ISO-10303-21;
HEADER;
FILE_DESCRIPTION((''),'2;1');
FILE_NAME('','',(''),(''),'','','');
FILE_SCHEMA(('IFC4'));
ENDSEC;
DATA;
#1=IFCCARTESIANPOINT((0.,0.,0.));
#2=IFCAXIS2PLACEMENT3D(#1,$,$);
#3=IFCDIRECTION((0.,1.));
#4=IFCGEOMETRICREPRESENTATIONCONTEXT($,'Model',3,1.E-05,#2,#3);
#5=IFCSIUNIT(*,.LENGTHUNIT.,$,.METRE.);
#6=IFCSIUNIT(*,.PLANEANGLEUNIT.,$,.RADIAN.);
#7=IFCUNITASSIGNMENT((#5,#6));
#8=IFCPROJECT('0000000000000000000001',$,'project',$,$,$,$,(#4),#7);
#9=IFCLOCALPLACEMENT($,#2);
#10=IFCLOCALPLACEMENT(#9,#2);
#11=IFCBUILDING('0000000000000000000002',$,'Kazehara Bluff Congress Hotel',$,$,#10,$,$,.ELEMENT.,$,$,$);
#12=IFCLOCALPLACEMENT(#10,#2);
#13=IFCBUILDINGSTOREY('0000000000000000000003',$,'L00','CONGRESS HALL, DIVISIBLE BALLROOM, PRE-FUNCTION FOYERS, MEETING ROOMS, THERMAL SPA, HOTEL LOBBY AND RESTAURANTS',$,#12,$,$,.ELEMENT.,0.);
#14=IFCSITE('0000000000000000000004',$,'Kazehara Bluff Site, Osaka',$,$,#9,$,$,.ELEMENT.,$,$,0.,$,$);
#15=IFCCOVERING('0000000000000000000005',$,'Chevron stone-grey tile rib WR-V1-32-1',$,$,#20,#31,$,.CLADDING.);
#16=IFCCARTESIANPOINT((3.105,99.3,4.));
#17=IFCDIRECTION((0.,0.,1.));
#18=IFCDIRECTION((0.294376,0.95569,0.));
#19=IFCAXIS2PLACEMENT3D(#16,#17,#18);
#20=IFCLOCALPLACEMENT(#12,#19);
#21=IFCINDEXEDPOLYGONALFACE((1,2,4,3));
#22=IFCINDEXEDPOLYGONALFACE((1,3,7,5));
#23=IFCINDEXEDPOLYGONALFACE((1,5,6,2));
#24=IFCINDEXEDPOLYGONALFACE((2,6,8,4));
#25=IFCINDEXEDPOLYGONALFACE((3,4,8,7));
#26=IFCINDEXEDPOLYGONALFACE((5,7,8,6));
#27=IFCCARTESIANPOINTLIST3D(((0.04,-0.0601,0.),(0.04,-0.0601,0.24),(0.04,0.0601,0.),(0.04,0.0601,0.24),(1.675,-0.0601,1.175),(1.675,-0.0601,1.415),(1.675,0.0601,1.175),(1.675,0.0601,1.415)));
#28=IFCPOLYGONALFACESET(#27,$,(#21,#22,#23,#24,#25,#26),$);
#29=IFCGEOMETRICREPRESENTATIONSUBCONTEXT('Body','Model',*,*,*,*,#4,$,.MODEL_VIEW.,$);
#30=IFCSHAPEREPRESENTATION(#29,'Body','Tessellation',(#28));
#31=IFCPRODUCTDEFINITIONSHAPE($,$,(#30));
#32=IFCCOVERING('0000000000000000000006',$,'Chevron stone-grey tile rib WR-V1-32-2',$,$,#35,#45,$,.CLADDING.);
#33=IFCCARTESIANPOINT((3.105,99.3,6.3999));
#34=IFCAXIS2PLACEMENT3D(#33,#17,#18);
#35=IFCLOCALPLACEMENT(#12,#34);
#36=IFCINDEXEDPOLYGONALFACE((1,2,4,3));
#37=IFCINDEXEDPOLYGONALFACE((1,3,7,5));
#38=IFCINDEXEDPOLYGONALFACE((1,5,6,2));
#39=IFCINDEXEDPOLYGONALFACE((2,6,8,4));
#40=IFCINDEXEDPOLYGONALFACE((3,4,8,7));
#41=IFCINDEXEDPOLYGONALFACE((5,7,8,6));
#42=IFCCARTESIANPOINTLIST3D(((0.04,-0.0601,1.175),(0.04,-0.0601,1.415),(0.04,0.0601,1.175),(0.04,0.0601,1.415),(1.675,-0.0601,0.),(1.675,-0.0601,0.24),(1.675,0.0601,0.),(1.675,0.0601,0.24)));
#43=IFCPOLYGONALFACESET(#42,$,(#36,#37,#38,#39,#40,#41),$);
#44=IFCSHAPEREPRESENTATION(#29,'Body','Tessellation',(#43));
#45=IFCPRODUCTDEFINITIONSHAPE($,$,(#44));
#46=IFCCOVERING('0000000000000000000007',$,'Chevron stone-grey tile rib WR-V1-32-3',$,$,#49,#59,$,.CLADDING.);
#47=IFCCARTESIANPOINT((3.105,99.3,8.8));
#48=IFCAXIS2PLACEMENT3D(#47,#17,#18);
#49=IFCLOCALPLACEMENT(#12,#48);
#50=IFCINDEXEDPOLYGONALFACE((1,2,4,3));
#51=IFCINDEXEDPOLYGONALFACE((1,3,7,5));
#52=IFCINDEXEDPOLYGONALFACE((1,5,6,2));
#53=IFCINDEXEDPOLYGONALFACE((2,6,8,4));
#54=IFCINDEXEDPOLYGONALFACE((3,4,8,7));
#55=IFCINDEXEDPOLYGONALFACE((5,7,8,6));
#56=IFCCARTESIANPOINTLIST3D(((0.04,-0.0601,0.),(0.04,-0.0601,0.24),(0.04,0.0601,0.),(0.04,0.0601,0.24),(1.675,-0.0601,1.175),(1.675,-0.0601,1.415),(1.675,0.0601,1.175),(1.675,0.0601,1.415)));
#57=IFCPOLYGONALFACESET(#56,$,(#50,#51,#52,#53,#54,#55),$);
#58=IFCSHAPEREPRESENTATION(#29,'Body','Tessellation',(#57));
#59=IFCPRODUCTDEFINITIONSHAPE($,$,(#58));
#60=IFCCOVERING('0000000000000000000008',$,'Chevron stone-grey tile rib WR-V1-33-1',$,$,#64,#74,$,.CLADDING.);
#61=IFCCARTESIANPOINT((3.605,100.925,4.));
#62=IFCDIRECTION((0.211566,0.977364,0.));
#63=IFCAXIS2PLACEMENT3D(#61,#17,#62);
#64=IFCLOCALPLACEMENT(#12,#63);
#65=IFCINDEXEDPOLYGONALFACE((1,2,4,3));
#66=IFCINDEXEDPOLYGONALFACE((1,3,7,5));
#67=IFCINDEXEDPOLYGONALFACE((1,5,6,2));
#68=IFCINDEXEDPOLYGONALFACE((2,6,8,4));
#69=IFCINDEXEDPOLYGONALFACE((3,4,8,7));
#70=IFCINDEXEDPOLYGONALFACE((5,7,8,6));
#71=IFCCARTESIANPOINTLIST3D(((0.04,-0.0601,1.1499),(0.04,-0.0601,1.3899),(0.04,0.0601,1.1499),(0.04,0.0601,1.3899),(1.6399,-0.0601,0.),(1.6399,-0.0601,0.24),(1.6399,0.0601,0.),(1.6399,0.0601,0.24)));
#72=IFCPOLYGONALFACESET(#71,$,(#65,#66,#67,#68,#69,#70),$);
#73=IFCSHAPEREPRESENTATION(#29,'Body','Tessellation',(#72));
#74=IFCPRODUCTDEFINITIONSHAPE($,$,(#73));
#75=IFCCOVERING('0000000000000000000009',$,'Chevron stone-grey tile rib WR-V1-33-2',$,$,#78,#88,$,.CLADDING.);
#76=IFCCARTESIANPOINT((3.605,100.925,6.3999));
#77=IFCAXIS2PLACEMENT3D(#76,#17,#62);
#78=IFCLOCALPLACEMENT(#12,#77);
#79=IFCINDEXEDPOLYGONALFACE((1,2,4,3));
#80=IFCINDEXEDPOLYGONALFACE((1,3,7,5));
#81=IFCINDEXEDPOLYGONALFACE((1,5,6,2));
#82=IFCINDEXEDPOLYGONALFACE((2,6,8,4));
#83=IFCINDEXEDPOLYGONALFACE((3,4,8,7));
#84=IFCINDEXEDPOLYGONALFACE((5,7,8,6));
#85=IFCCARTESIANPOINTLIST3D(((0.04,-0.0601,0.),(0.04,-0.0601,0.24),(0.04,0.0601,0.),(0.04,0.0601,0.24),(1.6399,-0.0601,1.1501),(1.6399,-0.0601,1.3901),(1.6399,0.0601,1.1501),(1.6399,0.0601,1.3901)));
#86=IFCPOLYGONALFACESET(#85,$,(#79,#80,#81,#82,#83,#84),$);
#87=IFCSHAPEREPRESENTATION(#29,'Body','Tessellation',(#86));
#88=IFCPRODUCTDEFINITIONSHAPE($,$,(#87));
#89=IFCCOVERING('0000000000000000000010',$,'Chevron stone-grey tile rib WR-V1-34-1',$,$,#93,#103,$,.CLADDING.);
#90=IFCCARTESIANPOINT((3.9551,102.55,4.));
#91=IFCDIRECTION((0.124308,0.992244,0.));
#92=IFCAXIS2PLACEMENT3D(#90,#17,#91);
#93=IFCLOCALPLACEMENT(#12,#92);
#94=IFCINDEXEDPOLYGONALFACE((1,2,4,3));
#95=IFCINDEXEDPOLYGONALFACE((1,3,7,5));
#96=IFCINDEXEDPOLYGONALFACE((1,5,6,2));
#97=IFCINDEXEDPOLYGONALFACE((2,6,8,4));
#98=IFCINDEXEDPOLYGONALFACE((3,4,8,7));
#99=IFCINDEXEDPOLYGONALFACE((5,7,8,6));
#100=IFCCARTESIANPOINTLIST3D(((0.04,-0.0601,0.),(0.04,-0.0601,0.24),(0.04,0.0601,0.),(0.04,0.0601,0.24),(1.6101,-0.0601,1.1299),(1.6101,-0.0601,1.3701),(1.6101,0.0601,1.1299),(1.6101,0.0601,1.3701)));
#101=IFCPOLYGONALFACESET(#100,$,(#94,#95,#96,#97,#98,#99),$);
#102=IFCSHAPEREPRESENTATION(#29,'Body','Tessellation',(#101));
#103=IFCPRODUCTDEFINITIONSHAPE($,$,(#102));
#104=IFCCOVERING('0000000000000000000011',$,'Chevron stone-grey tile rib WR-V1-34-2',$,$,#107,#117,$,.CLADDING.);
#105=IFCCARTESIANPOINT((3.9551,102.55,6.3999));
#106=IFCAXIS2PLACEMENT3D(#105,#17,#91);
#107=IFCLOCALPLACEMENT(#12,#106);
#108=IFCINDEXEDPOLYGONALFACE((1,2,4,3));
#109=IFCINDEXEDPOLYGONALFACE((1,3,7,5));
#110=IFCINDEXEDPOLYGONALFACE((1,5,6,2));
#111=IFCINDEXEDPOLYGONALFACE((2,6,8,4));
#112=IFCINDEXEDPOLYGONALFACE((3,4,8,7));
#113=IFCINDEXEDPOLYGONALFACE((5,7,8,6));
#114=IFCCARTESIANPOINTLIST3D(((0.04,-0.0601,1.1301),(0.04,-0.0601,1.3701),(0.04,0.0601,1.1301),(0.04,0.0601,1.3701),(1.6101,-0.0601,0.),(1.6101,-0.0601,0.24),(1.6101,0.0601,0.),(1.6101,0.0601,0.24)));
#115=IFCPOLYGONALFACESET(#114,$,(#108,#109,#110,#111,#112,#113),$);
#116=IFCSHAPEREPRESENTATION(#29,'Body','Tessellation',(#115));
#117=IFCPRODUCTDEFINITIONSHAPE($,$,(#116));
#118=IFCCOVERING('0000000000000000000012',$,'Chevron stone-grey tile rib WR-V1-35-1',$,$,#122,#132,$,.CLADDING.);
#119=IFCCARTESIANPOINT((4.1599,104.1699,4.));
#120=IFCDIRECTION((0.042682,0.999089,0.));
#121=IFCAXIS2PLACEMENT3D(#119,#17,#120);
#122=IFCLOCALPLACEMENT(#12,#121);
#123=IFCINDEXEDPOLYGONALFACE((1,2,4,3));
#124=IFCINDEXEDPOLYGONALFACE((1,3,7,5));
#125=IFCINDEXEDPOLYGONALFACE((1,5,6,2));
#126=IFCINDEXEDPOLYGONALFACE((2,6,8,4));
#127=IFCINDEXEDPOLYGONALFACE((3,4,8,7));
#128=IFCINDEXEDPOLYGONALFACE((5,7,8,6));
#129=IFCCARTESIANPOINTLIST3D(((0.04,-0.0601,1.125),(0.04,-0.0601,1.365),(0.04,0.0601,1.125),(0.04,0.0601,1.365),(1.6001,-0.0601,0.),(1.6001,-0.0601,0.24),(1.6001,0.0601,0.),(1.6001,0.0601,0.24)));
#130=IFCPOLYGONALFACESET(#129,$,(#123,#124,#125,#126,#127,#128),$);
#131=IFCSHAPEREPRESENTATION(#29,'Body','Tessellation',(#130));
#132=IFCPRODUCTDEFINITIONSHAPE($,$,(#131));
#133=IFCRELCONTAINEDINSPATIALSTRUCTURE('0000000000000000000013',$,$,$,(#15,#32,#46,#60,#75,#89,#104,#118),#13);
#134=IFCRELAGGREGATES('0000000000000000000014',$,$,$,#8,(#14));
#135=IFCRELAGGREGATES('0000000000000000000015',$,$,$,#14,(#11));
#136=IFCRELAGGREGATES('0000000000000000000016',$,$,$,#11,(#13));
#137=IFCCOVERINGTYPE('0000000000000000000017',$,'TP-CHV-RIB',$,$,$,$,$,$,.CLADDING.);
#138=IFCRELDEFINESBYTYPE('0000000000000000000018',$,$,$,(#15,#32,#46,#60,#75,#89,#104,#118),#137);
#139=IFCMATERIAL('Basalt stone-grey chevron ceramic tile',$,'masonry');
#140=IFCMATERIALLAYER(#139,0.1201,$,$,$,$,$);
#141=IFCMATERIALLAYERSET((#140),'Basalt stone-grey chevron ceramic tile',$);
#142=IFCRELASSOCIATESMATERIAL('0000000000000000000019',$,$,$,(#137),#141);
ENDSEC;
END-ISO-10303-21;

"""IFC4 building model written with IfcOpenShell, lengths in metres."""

from ifc_helpers import new_model, si_unit, direction, frame, origin, place, context, subcontext, project, spatial, polyline, outline, extrude, material, layer, layer_set, type_object, element, save


model = new_model("IFC4")

# Units and contexts
model_context = context("Model", 3, precision=1e-05, world=origin(), true_north=direction((0.0, 1.0)))
body_context = subcontext(model_context, "Body", "Model", "MODEL_VIEW")
ifc_project = project(units=[si_unit("LENGTHUNIT", "METRE"), si_unit("PLANEANGLEUNIT", "RADIAN")], contexts=[model_context])

# Site, building, storey
site_placement = place(None, origin())
site = spatial("IfcSite", under=ifc_project, at=site_placement, Name="Kazehara Bluff Site, Osaka", CompositionType="ELEMENT", RefElevation=0.0)
building_placement = place(site_placement, origin())
building = spatial("IfcBuilding", under=site, at=building_placement, Name="Kazehara Bluff Congress Hotel", CompositionType="ELEMENT")
storey_placement = place(building_placement, origin())
storey = spatial("IfcBuildingStorey", under=building, at=storey_placement, Name="L00", Description="CONGRESS HALL, DIVISIBLE BALLROOM, PRE-FUNCTION FOYERS, MEETING ROOMS, THERMAL SPA, HOTEL LOBBY AND RESTAURANTS", CompositionType="ELEMENT", Elevation=0.0)

# Coverings
ifc_material_1 = material(Name="Basalt stone-grey chevron ceramic tile", Category="masonry")
ifc_layer_1 = layer(ifc_material_1, 0.1201)
ifc_layer_set_1 = layer_set([ifc_layer_1], Name="Basalt stone-grey chevron ceramic tile")
covering_type_1 = type_object("IfcCoveringType", Name="TP-CHV-RIB", PredefinedType="CLADDING", material=ifc_layer_set_1)
covering_1_placement = place(storey_placement, frame((3.105, 99.3, 4.0), z_axis=(0.0, 0.0, 1.0), x_axis=(0.294376, 0.95569, 0.0)))
element("IfcCovering", 1, at=covering_1_placement, inside=storey, type_object=covering_type_1, Name="Chevron stone-grey tile rib WR-V1-32-1", PredefinedType="CLADDING", context=body_context, shape_type="SweptSolid", body=[
    extrude(outline(polyline([(0.04, 0.0), (1.675, 1.175), (1.675, 1.415), (0.04, 0.24), (0.04, 0.0)])), frame((0.0, 0.0601, 0.0), z_axis=(0.0, -1.0, 0.0), x_axis=(1.0, 0.0, 0.0)), (0.0, 0.0, 1.0), 0.1201),
])
covering_2_placement = place(storey_placement, frame((3.105, 99.3, 6.3999), z_axis=(0.0, 0.0, 1.0), x_axis=(0.294376, 0.95569, 0.0)))
element("IfcCovering", 2, at=covering_2_placement, inside=storey, type_object=covering_type_1, Name="Chevron stone-grey tile rib WR-V1-32-2", PredefinedType="CLADDING", context=body_context, shape_type="SweptSolid", body=[
    extrude(outline(polyline([(0.04, 1.175), (1.675, 0.0), (1.675, 0.24), (0.04, 1.415), (0.04, 1.175)])), frame((0.0, 0.0601, 0.0), z_axis=(0.0, -1.0, 0.0), x_axis=(1.0, 0.0, 0.0)), (0.0, 0.0, 1.0), 0.1201),
])
covering_3_placement = place(storey_placement, frame((3.105, 99.3, 8.8), z_axis=(0.0, 0.0, 1.0), x_axis=(0.294376, 0.95569, 0.0)))
element("IfcCovering", 3, at=covering_3_placement, inside=storey, type_object=covering_type_1, Name="Chevron stone-grey tile rib WR-V1-32-3", PredefinedType="CLADDING", context=body_context, shape_type="SweptSolid", body=[
    extrude(outline(polyline([(0.04, 0.0), (1.675, 1.175), (1.675, 1.415), (0.04, 0.24), (0.04, 0.0)])), frame((0.0, 0.0601, 0.0), z_axis=(0.0, -1.0, 0.0), x_axis=(1.0, 0.0, 0.0)), (0.0, 0.0, 1.0), 0.1201),
])
covering_4_placement = place(storey_placement, frame((3.605, 100.925, 4.0), z_axis=(0.0, 0.0, 1.0), x_axis=(0.211566, 0.977364, 0.0)))
element("IfcCovering", 4, at=covering_4_placement, inside=storey, type_object=covering_type_1, Name="Chevron stone-grey tile rib WR-V1-33-1", PredefinedType="CLADDING", context=body_context, shape_type="SweptSolid", body=[
    extrude(outline(polyline([(0.04, 1.1499), (1.6399, 0.0), (1.6399, 0.24), (0.04, 1.3899), (0.04, 1.1499)])), frame((0.0, 0.0601, 0.0), z_axis=(0.0, -1.0, 0.0), x_axis=(1.0, 0.0, 0.0)), (0.0, 0.0, 1.0), 0.1201),
])
covering_5_placement = place(storey_placement, frame((3.605, 100.925, 6.3999), z_axis=(0.0, 0.0, 1.0), x_axis=(0.211566, 0.977364, 0.0)))
element("IfcCovering", 5, at=covering_5_placement, inside=storey, type_object=covering_type_1, Name="Chevron stone-grey tile rib WR-V1-33-2", PredefinedType="CLADDING", context=body_context, shape_type="SweptSolid", body=[
    extrude(outline(polyline([(0.04, 0.0), (1.6399, 1.1501), (1.6399, 1.3901), (0.04, 0.24), (0.04, 0.0)])), frame((0.0, 0.0601, 0.0), z_axis=(0.0, -1.0, 0.0), x_axis=(1.0, 0.0, 0.0)), (0.0, 0.0, 1.0), 0.1201),
])
covering_6_placement = place(storey_placement, frame((3.9551, 102.55, 4.0), z_axis=(0.0, 0.0, 1.0), x_axis=(0.124308, 0.992244, 0.0)))
element("IfcCovering", 6, at=covering_6_placement, inside=storey, type_object=covering_type_1, Name="Chevron stone-grey tile rib WR-V1-34-1", PredefinedType="CLADDING", context=body_context, shape_type="SweptSolid", body=[
    extrude(outline(polyline([(0.04, 0.0), (1.6101, 1.1299), (1.6101, 1.3701), (0.04, 0.24), (0.04, 0.0)])), frame((0.0, 0.0601, 0.0), z_axis=(0.0, -1.0, 0.0), x_axis=(1.0, 0.0, 0.0)), (0.0, 0.0, 1.0), 0.1201),
])
covering_7_placement = place(storey_placement, frame((3.9551, 102.55, 6.3999), z_axis=(0.0, 0.0, 1.0), x_axis=(0.124308, 0.992244, 0.0)))
element("IfcCovering", 7, at=covering_7_placement, inside=storey, type_object=covering_type_1, Name="Chevron stone-grey tile rib WR-V1-34-2", PredefinedType="CLADDING", context=body_context, shape_type="SweptSolid", body=[
    extrude(outline(polyline([(0.04, 1.1301), (1.6101, 0.0), (1.6101, 0.24), (0.04, 1.3701), (0.04, 1.1301)])), frame((0.0, 0.0601, 0.0), z_axis=(0.0, -1.0, 0.0), x_axis=(1.0, 0.0, 0.0)), (0.0, 0.0, 1.0), 0.1201),
])
covering_8_placement = place(storey_placement, frame((4.1599, 104.1699, 4.0), z_axis=(0.0, 0.0, 1.0), x_axis=(0.042682, 0.999089, 0.0)))
element("IfcCovering", 8, at=covering_8_placement, inside=storey, type_object=covering_type_1, Name="Chevron stone-grey tile rib WR-V1-35-1", PredefinedType="CLADDING", context=body_context, shape_type="SweptSolid", body=[
    extrude(outline(polyline([(0.04, 1.125), (1.6001, 0.0), (1.6001, 0.24), (0.04, 1.365), (0.04, 1.125)])), frame((0.0, 0.0601, 0.0), z_axis=(0.0, -1.0, 0.0), x_axis=(1.0, 0.0, 0.0)), (0.0, 0.0, 1.0), 0.1201),
])

save(model, "model.ifc")
